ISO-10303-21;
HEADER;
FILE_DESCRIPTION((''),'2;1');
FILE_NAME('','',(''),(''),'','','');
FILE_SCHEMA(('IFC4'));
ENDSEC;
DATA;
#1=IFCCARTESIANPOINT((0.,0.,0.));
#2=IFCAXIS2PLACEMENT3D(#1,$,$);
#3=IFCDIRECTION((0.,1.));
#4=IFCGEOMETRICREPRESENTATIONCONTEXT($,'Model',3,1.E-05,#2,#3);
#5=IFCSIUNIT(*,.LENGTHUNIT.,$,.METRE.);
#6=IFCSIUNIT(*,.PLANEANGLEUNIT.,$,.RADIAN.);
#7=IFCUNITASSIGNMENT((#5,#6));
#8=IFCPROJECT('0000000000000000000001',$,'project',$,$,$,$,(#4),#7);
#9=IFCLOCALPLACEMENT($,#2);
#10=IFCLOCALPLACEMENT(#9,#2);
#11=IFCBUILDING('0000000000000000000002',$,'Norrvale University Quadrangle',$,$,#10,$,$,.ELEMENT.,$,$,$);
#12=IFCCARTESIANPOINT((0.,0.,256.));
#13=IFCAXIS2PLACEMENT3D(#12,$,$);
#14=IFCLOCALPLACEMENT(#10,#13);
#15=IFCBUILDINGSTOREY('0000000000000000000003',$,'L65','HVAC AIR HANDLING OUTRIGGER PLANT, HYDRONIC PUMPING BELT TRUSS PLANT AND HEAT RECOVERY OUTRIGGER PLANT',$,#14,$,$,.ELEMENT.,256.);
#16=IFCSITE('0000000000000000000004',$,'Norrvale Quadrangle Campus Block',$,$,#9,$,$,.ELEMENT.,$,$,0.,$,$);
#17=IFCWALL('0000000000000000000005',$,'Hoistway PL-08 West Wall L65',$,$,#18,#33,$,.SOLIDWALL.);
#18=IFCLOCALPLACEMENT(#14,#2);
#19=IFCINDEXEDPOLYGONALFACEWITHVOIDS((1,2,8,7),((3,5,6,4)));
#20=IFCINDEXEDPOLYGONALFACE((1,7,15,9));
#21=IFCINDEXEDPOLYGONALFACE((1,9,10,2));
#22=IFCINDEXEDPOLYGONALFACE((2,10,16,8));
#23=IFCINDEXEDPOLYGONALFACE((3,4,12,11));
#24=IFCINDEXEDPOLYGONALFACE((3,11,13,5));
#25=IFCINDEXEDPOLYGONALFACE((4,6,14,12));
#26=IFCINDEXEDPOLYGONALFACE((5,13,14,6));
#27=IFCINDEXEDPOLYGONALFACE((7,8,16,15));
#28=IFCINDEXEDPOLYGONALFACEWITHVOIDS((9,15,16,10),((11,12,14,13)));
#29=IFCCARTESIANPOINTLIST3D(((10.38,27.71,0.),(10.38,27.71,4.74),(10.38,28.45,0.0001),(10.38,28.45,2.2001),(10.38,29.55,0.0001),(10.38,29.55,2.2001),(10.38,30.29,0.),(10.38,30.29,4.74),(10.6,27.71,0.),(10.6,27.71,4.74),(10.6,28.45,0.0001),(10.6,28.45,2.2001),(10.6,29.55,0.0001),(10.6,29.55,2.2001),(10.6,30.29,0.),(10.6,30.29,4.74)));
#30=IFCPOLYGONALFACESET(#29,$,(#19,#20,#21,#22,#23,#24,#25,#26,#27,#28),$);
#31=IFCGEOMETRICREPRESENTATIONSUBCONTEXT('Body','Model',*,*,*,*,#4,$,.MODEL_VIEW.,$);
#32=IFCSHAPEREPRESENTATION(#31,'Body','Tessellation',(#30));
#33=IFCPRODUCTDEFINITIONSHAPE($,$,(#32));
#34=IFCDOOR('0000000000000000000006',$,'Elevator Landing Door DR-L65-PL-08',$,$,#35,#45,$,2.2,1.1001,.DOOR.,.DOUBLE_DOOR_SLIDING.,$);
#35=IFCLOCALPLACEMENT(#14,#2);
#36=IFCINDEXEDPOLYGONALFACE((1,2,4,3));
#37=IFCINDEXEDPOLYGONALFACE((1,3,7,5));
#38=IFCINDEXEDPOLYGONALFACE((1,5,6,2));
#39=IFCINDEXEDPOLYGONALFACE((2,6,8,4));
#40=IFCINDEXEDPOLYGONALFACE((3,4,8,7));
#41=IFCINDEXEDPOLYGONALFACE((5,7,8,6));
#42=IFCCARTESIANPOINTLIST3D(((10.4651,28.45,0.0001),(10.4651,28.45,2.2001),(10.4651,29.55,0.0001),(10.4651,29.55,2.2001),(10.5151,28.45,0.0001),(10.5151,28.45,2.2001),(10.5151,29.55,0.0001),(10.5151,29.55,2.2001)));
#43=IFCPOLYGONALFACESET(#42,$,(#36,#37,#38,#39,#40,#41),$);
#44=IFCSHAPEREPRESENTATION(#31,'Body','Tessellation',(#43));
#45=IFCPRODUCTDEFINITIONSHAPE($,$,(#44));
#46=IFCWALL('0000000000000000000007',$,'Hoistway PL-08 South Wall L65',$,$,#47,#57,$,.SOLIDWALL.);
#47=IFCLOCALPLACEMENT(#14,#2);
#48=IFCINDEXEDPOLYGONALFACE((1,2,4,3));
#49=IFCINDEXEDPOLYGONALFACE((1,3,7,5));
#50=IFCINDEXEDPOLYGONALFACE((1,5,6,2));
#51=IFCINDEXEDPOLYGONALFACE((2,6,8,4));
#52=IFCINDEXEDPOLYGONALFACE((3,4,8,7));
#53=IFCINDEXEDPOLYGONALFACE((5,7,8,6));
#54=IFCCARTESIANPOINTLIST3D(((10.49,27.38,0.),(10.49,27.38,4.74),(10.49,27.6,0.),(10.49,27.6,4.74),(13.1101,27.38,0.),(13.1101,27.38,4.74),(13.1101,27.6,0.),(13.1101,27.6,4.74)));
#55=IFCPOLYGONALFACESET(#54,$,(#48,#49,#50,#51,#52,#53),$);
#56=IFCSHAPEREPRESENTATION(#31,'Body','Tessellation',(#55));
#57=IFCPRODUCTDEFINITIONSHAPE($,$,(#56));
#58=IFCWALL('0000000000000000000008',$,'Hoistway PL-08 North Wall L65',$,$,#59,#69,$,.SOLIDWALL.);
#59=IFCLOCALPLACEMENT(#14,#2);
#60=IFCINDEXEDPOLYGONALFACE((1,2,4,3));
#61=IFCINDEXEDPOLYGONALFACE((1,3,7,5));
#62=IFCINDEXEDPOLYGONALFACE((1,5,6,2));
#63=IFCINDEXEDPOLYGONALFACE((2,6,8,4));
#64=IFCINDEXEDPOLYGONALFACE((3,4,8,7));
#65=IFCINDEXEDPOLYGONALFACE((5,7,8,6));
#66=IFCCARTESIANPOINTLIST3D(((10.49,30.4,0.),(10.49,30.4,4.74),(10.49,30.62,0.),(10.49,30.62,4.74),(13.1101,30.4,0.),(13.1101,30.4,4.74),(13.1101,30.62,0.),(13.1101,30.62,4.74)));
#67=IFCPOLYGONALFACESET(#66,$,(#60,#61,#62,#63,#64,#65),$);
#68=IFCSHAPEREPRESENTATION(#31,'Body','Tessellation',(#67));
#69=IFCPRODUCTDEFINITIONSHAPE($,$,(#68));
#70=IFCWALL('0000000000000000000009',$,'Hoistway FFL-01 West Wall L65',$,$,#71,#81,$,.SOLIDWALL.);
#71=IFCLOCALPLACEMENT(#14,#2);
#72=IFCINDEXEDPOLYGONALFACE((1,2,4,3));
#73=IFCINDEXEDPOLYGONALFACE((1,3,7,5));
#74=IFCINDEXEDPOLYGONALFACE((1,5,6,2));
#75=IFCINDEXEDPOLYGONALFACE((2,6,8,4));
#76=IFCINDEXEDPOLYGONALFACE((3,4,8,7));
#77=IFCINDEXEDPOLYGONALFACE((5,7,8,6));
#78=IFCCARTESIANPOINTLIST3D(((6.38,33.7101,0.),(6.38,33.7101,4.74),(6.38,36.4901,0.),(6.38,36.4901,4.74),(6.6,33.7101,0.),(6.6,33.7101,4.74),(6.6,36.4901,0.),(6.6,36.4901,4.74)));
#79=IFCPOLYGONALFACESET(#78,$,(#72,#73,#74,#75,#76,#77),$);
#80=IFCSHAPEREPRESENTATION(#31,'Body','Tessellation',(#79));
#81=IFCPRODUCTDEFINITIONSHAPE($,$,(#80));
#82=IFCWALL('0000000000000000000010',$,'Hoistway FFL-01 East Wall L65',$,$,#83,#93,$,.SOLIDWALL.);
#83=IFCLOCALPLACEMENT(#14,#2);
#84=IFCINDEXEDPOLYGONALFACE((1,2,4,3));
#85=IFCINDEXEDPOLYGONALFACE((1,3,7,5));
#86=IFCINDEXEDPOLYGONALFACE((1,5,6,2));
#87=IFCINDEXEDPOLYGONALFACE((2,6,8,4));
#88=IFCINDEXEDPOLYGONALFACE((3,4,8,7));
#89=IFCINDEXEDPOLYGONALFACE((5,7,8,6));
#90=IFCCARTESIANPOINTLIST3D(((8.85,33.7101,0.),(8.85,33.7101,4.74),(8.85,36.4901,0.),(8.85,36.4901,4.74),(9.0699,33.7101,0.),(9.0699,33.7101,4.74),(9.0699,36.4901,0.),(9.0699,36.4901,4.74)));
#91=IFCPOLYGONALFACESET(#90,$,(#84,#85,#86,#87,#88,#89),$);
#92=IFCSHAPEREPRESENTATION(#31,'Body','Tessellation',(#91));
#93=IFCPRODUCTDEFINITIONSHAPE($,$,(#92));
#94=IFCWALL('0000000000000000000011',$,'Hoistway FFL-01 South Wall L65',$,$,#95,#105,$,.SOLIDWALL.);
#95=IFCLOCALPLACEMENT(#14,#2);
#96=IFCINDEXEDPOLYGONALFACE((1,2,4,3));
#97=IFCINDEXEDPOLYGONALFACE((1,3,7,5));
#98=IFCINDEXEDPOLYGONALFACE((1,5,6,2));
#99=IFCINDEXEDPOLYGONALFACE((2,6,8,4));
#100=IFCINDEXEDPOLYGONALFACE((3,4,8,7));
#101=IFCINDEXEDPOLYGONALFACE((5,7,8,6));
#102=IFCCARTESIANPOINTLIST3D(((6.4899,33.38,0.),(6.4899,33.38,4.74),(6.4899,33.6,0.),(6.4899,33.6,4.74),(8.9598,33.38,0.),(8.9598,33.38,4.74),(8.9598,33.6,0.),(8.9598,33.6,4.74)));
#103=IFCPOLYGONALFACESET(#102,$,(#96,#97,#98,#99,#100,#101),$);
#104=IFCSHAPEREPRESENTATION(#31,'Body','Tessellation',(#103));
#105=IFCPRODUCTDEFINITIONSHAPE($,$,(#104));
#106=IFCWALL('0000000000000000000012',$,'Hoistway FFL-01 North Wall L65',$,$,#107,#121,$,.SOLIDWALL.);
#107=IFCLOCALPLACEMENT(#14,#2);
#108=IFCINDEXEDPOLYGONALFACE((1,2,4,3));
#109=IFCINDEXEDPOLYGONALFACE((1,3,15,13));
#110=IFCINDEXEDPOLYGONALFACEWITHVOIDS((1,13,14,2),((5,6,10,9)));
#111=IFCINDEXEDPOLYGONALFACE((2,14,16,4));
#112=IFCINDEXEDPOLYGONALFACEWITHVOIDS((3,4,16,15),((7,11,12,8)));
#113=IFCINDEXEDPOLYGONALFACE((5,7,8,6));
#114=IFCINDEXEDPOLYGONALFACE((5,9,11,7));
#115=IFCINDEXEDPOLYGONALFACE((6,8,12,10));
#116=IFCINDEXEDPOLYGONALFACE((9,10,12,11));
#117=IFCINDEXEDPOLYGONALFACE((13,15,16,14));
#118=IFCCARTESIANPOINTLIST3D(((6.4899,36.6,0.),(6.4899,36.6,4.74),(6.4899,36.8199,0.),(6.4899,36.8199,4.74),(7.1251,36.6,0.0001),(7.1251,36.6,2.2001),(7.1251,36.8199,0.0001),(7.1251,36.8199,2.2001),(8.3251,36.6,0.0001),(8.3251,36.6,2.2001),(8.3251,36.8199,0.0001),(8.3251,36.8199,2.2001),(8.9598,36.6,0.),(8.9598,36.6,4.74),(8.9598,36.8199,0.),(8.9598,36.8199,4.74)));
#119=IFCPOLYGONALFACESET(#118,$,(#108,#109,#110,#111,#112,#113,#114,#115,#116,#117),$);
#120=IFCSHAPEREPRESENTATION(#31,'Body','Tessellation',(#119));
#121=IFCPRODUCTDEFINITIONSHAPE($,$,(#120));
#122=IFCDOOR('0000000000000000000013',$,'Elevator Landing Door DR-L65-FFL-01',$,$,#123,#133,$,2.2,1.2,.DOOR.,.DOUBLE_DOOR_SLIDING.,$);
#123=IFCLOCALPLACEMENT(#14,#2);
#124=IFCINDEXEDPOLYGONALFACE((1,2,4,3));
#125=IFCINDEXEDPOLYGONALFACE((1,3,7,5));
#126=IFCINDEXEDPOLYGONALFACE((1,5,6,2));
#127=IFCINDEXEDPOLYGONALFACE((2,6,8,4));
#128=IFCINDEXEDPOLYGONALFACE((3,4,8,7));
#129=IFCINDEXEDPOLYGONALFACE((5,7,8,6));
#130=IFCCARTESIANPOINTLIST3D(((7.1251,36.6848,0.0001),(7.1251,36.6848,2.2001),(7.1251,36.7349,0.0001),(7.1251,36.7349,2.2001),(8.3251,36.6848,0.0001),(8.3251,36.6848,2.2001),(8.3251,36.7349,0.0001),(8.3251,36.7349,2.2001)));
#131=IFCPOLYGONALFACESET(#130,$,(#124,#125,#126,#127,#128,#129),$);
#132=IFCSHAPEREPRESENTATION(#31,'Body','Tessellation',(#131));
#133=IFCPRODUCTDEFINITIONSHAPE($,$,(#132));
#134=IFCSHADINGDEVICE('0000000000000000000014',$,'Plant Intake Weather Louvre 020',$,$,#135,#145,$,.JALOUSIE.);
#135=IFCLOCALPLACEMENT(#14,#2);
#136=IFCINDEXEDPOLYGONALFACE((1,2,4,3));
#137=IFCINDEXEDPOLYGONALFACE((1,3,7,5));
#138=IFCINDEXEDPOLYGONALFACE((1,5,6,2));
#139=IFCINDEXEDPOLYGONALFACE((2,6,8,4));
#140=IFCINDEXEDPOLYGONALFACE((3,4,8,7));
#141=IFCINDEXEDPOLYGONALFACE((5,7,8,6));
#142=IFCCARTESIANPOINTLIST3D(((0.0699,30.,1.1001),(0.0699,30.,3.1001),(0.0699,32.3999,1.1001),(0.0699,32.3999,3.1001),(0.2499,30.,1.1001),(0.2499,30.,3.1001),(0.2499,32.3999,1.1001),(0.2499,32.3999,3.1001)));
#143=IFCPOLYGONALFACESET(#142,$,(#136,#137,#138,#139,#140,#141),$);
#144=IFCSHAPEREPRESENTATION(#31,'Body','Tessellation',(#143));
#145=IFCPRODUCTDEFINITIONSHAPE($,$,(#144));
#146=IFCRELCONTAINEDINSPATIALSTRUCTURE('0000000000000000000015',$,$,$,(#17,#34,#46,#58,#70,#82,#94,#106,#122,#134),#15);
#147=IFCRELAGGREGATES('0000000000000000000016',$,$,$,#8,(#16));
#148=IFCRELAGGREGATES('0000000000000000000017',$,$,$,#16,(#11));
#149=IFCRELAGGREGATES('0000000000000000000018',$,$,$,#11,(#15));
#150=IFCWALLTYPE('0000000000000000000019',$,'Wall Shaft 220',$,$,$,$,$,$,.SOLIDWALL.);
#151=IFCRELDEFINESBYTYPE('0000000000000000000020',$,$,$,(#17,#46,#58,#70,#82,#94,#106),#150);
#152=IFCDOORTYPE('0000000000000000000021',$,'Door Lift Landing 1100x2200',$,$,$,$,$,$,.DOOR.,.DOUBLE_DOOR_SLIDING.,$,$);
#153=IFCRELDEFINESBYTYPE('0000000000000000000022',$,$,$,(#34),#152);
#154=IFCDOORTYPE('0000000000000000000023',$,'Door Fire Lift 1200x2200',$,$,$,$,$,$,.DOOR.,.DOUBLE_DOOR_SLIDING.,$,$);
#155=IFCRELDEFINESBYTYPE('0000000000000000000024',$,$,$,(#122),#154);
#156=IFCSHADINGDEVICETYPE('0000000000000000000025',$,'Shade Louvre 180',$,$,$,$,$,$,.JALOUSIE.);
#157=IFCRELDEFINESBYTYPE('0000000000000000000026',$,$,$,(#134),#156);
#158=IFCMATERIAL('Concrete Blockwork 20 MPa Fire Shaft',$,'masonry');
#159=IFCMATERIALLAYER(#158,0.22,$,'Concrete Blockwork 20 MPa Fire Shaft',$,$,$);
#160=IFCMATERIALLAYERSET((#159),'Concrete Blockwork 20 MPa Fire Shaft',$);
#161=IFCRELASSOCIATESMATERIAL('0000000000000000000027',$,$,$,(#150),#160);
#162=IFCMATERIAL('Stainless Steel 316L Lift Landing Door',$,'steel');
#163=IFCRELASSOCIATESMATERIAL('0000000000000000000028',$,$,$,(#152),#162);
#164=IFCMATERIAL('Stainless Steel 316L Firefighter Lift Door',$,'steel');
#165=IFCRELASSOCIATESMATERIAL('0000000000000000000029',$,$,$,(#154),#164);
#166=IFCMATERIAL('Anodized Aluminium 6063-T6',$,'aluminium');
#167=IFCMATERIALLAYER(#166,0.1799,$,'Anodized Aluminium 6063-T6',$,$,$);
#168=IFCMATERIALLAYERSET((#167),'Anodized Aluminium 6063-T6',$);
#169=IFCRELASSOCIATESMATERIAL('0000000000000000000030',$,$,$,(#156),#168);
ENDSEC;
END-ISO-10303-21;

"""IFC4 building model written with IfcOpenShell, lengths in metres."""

from ifc_helpers import new_model, si_unit, direction, frame, frame_2d, origin, origin_2d, place, context, subcontext, project, spatial, rectangle, extrude, material, layer, layer_set, type_object, element, fill, save


model = new_model("IFC4")

# Units and contexts
model_context = context("Model", 3, precision=1e-05, world=origin(), true_north=direction((0.0, 1.0)))
body_context = subcontext(model_context, "Body", "Model", "MODEL_VIEW")
ifc_project = project(units=[si_unit("LENGTHUNIT", "METRE"), si_unit("PLANEANGLEUNIT", "RADIAN")], contexts=[model_context])

# Site, building, storey
site_placement = place(None, origin())
site = spatial("IfcSite", under=ifc_project, at=site_placement, Name="Norrvale Quadrangle Campus Block", CompositionType="ELEMENT", RefElevation=0.0)
building_placement = place(site_placement, origin())
building = spatial("IfcBuilding", under=site, at=building_placement, Name="Norrvale University Quadrangle", CompositionType="ELEMENT")
storey_placement = place(building_placement, frame((0.0, 0.0, 256.0)))
storey = spatial("IfcBuildingStorey", under=building, at=storey_placement, Name="L65", Description="HVAC AIR HANDLING OUTRIGGER PLANT, HYDRONIC PUMPING BELT TRUSS PLANT AND HEAT RECOVERY OUTRIGGER PLANT", CompositionType="ELEMENT", Elevation=256.0)

# Shared definitions
ifc_material_1 = material(Name="Concrete Blockwork 20 MPa Fire Shaft", Category="masonry")
ifc_layer_1 = layer(ifc_material_1, 0.22, Name="Concrete Blockwork 20 MPa Fire Shaft")
ifc_layer_set_1 = layer_set([ifc_layer_1], Name="Concrete Blockwork 20 MPa Fire Shaft")
wall_type_1 = type_object("IfcWallType", Name="Wall Shaft 220", PredefinedType="SOLIDWALL", material=ifc_layer_set_1)

# Shared definitions
ifc_material_2 = material(Name="Stainless Steel 316L Lift Landing Door", Category="steel")
door_type_1 = type_object("IfcDoorType", Name="Door Lift Landing 1100x2200", OperationType="DOUBLE_DOOR_SLIDING", PredefinedType="DOOR", material=ifc_material_2)

# Wall, opening, door
wall_1_placement = place(storey_placement, frame((10.49, 27.71, 0.0), z_axis=(0.0, 0.0, 1.0), x_axis=(0.0, 1.0, 0.0)))
wall_1 = element("IfcWall", 1, at=wall_1_placement, inside=storey, type_object=wall_type_1, Name="Hoistway PL-08 West Wall L65", PredefinedType="SOLIDWALL", context=body_context, shape_type="SweptSolid", body=[
    extrude(rectangle(XDim=2.5801, YDim=0.22, at=frame_2d((1.29, 0.0))), origin(), (0.0, 0.0, 1.0), 4.74),
])
opening_1_placement = place(wall_1_placement, frame((0.74, 0.0, 0.0)))
opening_1 = element("IfcOpeningElement", 2, at=opening_1_placement, cuts=wall_1, PredefinedType="OPENING", context=body_context, shape_type="SweptSolid", body=[
    extrude(rectangle(XDim=1.1001, YDim=2.2, at=frame_2d((0.55, 1.1001))), frame((0.0, 0.1221, 0.0), z_axis=(0.0, -1.0, 0.0), x_axis=(1.0, 0.0, 0.0)), (0.0, 0.0, 1.0), 0.2439),
])
door_1_placement = place(opening_1_placement, origin())
door_1 = element("IfcDoor", 3, at=door_1_placement, inside=storey, type_object=door_type_1, Name="Elevator Landing Door DR-L65-PL-08", OperationType="DOUBLE_DOOR_SLIDING", OverallHeight=2.2, OverallWidth=1.1001, PredefinedType="DOOR", context=body_context, shape_type="SweptSolid", body=[
    extrude(rectangle(XDim=1.1001, YDim=2.2, at=frame_2d((0.55, 1.1001))), frame((0.0, 0.0249, 0.0), z_axis=(0.0, -1.0, 0.0), x_axis=(1.0, 0.0, 0.0)), (0.0, 0.0, 1.0), 0.05),
])
fill(opening_1, door_1)

# Walls
for number, where, z_axis, x_axis, name in (
    (4, (10.49, 27.49, 0.0), (0.0, 0.0, 1.0), (1.0, 0.0, 0.0), "Hoistway PL-08 South Wall L65"),
    (5, (10.49, 30.51, 0.0), (0.0, 0.0, 1.0), (1.0, 0.0, 0.0), "Hoistway PL-08 North Wall L65"),
):
    element("IfcWall", number, at=place(storey_placement, frame(where, z_axis=z_axis, x_axis=x_axis)), inside=storey, type_object=wall_type_1, Name=name, PredefinedType="SOLIDWALL", context=body_context, shape_type="SweptSolid", body=[
        extrude(rectangle(XDim=2.6201, YDim=0.22, at=frame_2d((1.3101, 0.0))), origin(), (0.0, 0.0, 1.0), 4.74),
    ])
for number, where, z_axis, x_axis, name in (
    (6, (6.49, 33.71, 0.0), (0.0, 0.0, 1.0), (0.0, 1.0, 0.0), "Hoistway FFL-01 West Wall L65"),
    (7, (8.96, 33.71, 0.0), (0.0, 0.0, 1.0), (0.0, 1.0, 0.0), "Hoistway FFL-01 East Wall L65"),
):
    element("IfcWall", number, at=place(storey_placement, frame(where, z_axis=z_axis, x_axis=x_axis)), inside=storey, type_object=wall_type_1, Name=name, PredefinedType="SOLIDWALL", context=body_context, shape_type="SweptSolid", body=[
        extrude(rectangle(XDim=2.78, YDim=0.22, at=frame_2d((1.3901, 0.0))), origin(), (0.0, 0.0, 1.0), 4.74),
    ])
wall_2_placement = place(storey_placement, frame((6.49, 33.49, 0.0), z_axis=(0.0, 0.0, 1.0), x_axis=(1.0, 0.0, 0.0)))
element("IfcWall", 8, at=wall_2_placement, inside=storey, type_object=wall_type_1, Name="Hoistway FFL-01 South Wall L65", PredefinedType="SOLIDWALL", context=body_context, shape_type="SweptSolid", body=[
    extrude(rectangle(XDim=2.47, YDim=0.22, at=frame_2d((1.2349, 0.0))), origin(), (0.0, 0.0, 1.0), 4.74),
])

# Wall, opening, door
wall_3_placement = place(storey_placement, frame((6.49, 36.71, 0.0), z_axis=(0.0, 0.0, 1.0), x_axis=(1.0, 0.0, 0.0)))
wall_3 = element("IfcWall", 9, at=wall_3_placement, inside=storey, type_object=wall_type_1, Name="Hoistway FFL-01 North Wall L65", PredefinedType="SOLIDWALL", context=body_context, shape_type="SweptSolid", body=[
    extrude(rectangle(XDim=2.47, YDim=0.22, at=frame_2d((1.2349, 0.0))), origin(), (0.0, 0.0, 1.0), 4.74),
])
opening_2_placement = place(wall_3_placement, frame((0.635, 0.0, 0.0)))
opening_2 = element("IfcOpeningElement", 10, at=opening_2_placement, cuts=wall_3, PredefinedType="OPENING", context=body_context, shape_type="SweptSolid", body=[
    extrude(rectangle(XDim=1.2, YDim=2.2, at=frame_2d((0.6001, 1.1001))), frame((0.0, 0.1221, 0.0), z_axis=(0.0, -1.0, 0.0), x_axis=(1.0, 0.0, 0.0)), (0.0, 0.0, 1.0), 0.2439),
])
ifc_material_3 = material(Name="Stainless Steel 316L Firefighter Lift Door", Category="steel")
door_type_2 = type_object("IfcDoorType", Name="Door Fire Lift 1200x2200", OperationType="DOUBLE_DOOR_SLIDING", PredefinedType="DOOR", material=ifc_material_3)
door_2_placement = place(opening_2_placement, origin())
door_2 = element("IfcDoor", 11, at=door_2_placement, inside=storey, type_object=door_type_2, Name="Elevator Landing Door DR-L65-FFL-01", OperationType="DOUBLE_DOOR_SLIDING", OverallHeight=2.2, OverallWidth=1.2, PredefinedType="DOOR", context=body_context, shape_type="SweptSolid", body=[
    extrude(rectangle(XDim=1.2, YDim=2.2, at=frame_2d((0.6001, 1.1001))), frame((0.0, 0.0249, 0.0), z_axis=(0.0, -1.0, 0.0), x_axis=(1.0, 0.0, 0.0)), (0.0, 0.0, 1.0), 0.05),
])
fill(opening_2, door_2)

# Shading device
ifc_material_4 = material(Name="Anodized Aluminium 6063-T6", Category="aluminium")
ifc_layer_2 = layer(ifc_material_4, 0.1799, Name="Anodized Aluminium 6063-T6")
ifc_layer_set_2 = layer_set([ifc_layer_2], Name="Anodized Aluminium 6063-T6")
shading_device_type = type_object("IfcShadingDeviceType", Name="Shade Louvre 180", PredefinedType="JALOUSIE", material=ifc_layer_set_2)
shading_device_placement = place(storey_placement, frame((0.1599, 31.2, 1.1001), z_axis=(0.0, 0.0, 1.0), x_axis=(0.0, -1.0, 0.0)))
element("IfcShadingDevice", 12, at=shading_device_placement, inside=storey, type_object=shading_device_type, Name="Plant Intake Weather Louvre 020", PredefinedType="JALOUSIE", context=body_context, shape_type="SweptSolid", body=[
    extrude(rectangle(XDim=2.3999, YDim=0.1799, at=origin_2d()), origin(), (0.0, 0.0, 1.0), 2.0),
])

save(model, "model.ifc")
